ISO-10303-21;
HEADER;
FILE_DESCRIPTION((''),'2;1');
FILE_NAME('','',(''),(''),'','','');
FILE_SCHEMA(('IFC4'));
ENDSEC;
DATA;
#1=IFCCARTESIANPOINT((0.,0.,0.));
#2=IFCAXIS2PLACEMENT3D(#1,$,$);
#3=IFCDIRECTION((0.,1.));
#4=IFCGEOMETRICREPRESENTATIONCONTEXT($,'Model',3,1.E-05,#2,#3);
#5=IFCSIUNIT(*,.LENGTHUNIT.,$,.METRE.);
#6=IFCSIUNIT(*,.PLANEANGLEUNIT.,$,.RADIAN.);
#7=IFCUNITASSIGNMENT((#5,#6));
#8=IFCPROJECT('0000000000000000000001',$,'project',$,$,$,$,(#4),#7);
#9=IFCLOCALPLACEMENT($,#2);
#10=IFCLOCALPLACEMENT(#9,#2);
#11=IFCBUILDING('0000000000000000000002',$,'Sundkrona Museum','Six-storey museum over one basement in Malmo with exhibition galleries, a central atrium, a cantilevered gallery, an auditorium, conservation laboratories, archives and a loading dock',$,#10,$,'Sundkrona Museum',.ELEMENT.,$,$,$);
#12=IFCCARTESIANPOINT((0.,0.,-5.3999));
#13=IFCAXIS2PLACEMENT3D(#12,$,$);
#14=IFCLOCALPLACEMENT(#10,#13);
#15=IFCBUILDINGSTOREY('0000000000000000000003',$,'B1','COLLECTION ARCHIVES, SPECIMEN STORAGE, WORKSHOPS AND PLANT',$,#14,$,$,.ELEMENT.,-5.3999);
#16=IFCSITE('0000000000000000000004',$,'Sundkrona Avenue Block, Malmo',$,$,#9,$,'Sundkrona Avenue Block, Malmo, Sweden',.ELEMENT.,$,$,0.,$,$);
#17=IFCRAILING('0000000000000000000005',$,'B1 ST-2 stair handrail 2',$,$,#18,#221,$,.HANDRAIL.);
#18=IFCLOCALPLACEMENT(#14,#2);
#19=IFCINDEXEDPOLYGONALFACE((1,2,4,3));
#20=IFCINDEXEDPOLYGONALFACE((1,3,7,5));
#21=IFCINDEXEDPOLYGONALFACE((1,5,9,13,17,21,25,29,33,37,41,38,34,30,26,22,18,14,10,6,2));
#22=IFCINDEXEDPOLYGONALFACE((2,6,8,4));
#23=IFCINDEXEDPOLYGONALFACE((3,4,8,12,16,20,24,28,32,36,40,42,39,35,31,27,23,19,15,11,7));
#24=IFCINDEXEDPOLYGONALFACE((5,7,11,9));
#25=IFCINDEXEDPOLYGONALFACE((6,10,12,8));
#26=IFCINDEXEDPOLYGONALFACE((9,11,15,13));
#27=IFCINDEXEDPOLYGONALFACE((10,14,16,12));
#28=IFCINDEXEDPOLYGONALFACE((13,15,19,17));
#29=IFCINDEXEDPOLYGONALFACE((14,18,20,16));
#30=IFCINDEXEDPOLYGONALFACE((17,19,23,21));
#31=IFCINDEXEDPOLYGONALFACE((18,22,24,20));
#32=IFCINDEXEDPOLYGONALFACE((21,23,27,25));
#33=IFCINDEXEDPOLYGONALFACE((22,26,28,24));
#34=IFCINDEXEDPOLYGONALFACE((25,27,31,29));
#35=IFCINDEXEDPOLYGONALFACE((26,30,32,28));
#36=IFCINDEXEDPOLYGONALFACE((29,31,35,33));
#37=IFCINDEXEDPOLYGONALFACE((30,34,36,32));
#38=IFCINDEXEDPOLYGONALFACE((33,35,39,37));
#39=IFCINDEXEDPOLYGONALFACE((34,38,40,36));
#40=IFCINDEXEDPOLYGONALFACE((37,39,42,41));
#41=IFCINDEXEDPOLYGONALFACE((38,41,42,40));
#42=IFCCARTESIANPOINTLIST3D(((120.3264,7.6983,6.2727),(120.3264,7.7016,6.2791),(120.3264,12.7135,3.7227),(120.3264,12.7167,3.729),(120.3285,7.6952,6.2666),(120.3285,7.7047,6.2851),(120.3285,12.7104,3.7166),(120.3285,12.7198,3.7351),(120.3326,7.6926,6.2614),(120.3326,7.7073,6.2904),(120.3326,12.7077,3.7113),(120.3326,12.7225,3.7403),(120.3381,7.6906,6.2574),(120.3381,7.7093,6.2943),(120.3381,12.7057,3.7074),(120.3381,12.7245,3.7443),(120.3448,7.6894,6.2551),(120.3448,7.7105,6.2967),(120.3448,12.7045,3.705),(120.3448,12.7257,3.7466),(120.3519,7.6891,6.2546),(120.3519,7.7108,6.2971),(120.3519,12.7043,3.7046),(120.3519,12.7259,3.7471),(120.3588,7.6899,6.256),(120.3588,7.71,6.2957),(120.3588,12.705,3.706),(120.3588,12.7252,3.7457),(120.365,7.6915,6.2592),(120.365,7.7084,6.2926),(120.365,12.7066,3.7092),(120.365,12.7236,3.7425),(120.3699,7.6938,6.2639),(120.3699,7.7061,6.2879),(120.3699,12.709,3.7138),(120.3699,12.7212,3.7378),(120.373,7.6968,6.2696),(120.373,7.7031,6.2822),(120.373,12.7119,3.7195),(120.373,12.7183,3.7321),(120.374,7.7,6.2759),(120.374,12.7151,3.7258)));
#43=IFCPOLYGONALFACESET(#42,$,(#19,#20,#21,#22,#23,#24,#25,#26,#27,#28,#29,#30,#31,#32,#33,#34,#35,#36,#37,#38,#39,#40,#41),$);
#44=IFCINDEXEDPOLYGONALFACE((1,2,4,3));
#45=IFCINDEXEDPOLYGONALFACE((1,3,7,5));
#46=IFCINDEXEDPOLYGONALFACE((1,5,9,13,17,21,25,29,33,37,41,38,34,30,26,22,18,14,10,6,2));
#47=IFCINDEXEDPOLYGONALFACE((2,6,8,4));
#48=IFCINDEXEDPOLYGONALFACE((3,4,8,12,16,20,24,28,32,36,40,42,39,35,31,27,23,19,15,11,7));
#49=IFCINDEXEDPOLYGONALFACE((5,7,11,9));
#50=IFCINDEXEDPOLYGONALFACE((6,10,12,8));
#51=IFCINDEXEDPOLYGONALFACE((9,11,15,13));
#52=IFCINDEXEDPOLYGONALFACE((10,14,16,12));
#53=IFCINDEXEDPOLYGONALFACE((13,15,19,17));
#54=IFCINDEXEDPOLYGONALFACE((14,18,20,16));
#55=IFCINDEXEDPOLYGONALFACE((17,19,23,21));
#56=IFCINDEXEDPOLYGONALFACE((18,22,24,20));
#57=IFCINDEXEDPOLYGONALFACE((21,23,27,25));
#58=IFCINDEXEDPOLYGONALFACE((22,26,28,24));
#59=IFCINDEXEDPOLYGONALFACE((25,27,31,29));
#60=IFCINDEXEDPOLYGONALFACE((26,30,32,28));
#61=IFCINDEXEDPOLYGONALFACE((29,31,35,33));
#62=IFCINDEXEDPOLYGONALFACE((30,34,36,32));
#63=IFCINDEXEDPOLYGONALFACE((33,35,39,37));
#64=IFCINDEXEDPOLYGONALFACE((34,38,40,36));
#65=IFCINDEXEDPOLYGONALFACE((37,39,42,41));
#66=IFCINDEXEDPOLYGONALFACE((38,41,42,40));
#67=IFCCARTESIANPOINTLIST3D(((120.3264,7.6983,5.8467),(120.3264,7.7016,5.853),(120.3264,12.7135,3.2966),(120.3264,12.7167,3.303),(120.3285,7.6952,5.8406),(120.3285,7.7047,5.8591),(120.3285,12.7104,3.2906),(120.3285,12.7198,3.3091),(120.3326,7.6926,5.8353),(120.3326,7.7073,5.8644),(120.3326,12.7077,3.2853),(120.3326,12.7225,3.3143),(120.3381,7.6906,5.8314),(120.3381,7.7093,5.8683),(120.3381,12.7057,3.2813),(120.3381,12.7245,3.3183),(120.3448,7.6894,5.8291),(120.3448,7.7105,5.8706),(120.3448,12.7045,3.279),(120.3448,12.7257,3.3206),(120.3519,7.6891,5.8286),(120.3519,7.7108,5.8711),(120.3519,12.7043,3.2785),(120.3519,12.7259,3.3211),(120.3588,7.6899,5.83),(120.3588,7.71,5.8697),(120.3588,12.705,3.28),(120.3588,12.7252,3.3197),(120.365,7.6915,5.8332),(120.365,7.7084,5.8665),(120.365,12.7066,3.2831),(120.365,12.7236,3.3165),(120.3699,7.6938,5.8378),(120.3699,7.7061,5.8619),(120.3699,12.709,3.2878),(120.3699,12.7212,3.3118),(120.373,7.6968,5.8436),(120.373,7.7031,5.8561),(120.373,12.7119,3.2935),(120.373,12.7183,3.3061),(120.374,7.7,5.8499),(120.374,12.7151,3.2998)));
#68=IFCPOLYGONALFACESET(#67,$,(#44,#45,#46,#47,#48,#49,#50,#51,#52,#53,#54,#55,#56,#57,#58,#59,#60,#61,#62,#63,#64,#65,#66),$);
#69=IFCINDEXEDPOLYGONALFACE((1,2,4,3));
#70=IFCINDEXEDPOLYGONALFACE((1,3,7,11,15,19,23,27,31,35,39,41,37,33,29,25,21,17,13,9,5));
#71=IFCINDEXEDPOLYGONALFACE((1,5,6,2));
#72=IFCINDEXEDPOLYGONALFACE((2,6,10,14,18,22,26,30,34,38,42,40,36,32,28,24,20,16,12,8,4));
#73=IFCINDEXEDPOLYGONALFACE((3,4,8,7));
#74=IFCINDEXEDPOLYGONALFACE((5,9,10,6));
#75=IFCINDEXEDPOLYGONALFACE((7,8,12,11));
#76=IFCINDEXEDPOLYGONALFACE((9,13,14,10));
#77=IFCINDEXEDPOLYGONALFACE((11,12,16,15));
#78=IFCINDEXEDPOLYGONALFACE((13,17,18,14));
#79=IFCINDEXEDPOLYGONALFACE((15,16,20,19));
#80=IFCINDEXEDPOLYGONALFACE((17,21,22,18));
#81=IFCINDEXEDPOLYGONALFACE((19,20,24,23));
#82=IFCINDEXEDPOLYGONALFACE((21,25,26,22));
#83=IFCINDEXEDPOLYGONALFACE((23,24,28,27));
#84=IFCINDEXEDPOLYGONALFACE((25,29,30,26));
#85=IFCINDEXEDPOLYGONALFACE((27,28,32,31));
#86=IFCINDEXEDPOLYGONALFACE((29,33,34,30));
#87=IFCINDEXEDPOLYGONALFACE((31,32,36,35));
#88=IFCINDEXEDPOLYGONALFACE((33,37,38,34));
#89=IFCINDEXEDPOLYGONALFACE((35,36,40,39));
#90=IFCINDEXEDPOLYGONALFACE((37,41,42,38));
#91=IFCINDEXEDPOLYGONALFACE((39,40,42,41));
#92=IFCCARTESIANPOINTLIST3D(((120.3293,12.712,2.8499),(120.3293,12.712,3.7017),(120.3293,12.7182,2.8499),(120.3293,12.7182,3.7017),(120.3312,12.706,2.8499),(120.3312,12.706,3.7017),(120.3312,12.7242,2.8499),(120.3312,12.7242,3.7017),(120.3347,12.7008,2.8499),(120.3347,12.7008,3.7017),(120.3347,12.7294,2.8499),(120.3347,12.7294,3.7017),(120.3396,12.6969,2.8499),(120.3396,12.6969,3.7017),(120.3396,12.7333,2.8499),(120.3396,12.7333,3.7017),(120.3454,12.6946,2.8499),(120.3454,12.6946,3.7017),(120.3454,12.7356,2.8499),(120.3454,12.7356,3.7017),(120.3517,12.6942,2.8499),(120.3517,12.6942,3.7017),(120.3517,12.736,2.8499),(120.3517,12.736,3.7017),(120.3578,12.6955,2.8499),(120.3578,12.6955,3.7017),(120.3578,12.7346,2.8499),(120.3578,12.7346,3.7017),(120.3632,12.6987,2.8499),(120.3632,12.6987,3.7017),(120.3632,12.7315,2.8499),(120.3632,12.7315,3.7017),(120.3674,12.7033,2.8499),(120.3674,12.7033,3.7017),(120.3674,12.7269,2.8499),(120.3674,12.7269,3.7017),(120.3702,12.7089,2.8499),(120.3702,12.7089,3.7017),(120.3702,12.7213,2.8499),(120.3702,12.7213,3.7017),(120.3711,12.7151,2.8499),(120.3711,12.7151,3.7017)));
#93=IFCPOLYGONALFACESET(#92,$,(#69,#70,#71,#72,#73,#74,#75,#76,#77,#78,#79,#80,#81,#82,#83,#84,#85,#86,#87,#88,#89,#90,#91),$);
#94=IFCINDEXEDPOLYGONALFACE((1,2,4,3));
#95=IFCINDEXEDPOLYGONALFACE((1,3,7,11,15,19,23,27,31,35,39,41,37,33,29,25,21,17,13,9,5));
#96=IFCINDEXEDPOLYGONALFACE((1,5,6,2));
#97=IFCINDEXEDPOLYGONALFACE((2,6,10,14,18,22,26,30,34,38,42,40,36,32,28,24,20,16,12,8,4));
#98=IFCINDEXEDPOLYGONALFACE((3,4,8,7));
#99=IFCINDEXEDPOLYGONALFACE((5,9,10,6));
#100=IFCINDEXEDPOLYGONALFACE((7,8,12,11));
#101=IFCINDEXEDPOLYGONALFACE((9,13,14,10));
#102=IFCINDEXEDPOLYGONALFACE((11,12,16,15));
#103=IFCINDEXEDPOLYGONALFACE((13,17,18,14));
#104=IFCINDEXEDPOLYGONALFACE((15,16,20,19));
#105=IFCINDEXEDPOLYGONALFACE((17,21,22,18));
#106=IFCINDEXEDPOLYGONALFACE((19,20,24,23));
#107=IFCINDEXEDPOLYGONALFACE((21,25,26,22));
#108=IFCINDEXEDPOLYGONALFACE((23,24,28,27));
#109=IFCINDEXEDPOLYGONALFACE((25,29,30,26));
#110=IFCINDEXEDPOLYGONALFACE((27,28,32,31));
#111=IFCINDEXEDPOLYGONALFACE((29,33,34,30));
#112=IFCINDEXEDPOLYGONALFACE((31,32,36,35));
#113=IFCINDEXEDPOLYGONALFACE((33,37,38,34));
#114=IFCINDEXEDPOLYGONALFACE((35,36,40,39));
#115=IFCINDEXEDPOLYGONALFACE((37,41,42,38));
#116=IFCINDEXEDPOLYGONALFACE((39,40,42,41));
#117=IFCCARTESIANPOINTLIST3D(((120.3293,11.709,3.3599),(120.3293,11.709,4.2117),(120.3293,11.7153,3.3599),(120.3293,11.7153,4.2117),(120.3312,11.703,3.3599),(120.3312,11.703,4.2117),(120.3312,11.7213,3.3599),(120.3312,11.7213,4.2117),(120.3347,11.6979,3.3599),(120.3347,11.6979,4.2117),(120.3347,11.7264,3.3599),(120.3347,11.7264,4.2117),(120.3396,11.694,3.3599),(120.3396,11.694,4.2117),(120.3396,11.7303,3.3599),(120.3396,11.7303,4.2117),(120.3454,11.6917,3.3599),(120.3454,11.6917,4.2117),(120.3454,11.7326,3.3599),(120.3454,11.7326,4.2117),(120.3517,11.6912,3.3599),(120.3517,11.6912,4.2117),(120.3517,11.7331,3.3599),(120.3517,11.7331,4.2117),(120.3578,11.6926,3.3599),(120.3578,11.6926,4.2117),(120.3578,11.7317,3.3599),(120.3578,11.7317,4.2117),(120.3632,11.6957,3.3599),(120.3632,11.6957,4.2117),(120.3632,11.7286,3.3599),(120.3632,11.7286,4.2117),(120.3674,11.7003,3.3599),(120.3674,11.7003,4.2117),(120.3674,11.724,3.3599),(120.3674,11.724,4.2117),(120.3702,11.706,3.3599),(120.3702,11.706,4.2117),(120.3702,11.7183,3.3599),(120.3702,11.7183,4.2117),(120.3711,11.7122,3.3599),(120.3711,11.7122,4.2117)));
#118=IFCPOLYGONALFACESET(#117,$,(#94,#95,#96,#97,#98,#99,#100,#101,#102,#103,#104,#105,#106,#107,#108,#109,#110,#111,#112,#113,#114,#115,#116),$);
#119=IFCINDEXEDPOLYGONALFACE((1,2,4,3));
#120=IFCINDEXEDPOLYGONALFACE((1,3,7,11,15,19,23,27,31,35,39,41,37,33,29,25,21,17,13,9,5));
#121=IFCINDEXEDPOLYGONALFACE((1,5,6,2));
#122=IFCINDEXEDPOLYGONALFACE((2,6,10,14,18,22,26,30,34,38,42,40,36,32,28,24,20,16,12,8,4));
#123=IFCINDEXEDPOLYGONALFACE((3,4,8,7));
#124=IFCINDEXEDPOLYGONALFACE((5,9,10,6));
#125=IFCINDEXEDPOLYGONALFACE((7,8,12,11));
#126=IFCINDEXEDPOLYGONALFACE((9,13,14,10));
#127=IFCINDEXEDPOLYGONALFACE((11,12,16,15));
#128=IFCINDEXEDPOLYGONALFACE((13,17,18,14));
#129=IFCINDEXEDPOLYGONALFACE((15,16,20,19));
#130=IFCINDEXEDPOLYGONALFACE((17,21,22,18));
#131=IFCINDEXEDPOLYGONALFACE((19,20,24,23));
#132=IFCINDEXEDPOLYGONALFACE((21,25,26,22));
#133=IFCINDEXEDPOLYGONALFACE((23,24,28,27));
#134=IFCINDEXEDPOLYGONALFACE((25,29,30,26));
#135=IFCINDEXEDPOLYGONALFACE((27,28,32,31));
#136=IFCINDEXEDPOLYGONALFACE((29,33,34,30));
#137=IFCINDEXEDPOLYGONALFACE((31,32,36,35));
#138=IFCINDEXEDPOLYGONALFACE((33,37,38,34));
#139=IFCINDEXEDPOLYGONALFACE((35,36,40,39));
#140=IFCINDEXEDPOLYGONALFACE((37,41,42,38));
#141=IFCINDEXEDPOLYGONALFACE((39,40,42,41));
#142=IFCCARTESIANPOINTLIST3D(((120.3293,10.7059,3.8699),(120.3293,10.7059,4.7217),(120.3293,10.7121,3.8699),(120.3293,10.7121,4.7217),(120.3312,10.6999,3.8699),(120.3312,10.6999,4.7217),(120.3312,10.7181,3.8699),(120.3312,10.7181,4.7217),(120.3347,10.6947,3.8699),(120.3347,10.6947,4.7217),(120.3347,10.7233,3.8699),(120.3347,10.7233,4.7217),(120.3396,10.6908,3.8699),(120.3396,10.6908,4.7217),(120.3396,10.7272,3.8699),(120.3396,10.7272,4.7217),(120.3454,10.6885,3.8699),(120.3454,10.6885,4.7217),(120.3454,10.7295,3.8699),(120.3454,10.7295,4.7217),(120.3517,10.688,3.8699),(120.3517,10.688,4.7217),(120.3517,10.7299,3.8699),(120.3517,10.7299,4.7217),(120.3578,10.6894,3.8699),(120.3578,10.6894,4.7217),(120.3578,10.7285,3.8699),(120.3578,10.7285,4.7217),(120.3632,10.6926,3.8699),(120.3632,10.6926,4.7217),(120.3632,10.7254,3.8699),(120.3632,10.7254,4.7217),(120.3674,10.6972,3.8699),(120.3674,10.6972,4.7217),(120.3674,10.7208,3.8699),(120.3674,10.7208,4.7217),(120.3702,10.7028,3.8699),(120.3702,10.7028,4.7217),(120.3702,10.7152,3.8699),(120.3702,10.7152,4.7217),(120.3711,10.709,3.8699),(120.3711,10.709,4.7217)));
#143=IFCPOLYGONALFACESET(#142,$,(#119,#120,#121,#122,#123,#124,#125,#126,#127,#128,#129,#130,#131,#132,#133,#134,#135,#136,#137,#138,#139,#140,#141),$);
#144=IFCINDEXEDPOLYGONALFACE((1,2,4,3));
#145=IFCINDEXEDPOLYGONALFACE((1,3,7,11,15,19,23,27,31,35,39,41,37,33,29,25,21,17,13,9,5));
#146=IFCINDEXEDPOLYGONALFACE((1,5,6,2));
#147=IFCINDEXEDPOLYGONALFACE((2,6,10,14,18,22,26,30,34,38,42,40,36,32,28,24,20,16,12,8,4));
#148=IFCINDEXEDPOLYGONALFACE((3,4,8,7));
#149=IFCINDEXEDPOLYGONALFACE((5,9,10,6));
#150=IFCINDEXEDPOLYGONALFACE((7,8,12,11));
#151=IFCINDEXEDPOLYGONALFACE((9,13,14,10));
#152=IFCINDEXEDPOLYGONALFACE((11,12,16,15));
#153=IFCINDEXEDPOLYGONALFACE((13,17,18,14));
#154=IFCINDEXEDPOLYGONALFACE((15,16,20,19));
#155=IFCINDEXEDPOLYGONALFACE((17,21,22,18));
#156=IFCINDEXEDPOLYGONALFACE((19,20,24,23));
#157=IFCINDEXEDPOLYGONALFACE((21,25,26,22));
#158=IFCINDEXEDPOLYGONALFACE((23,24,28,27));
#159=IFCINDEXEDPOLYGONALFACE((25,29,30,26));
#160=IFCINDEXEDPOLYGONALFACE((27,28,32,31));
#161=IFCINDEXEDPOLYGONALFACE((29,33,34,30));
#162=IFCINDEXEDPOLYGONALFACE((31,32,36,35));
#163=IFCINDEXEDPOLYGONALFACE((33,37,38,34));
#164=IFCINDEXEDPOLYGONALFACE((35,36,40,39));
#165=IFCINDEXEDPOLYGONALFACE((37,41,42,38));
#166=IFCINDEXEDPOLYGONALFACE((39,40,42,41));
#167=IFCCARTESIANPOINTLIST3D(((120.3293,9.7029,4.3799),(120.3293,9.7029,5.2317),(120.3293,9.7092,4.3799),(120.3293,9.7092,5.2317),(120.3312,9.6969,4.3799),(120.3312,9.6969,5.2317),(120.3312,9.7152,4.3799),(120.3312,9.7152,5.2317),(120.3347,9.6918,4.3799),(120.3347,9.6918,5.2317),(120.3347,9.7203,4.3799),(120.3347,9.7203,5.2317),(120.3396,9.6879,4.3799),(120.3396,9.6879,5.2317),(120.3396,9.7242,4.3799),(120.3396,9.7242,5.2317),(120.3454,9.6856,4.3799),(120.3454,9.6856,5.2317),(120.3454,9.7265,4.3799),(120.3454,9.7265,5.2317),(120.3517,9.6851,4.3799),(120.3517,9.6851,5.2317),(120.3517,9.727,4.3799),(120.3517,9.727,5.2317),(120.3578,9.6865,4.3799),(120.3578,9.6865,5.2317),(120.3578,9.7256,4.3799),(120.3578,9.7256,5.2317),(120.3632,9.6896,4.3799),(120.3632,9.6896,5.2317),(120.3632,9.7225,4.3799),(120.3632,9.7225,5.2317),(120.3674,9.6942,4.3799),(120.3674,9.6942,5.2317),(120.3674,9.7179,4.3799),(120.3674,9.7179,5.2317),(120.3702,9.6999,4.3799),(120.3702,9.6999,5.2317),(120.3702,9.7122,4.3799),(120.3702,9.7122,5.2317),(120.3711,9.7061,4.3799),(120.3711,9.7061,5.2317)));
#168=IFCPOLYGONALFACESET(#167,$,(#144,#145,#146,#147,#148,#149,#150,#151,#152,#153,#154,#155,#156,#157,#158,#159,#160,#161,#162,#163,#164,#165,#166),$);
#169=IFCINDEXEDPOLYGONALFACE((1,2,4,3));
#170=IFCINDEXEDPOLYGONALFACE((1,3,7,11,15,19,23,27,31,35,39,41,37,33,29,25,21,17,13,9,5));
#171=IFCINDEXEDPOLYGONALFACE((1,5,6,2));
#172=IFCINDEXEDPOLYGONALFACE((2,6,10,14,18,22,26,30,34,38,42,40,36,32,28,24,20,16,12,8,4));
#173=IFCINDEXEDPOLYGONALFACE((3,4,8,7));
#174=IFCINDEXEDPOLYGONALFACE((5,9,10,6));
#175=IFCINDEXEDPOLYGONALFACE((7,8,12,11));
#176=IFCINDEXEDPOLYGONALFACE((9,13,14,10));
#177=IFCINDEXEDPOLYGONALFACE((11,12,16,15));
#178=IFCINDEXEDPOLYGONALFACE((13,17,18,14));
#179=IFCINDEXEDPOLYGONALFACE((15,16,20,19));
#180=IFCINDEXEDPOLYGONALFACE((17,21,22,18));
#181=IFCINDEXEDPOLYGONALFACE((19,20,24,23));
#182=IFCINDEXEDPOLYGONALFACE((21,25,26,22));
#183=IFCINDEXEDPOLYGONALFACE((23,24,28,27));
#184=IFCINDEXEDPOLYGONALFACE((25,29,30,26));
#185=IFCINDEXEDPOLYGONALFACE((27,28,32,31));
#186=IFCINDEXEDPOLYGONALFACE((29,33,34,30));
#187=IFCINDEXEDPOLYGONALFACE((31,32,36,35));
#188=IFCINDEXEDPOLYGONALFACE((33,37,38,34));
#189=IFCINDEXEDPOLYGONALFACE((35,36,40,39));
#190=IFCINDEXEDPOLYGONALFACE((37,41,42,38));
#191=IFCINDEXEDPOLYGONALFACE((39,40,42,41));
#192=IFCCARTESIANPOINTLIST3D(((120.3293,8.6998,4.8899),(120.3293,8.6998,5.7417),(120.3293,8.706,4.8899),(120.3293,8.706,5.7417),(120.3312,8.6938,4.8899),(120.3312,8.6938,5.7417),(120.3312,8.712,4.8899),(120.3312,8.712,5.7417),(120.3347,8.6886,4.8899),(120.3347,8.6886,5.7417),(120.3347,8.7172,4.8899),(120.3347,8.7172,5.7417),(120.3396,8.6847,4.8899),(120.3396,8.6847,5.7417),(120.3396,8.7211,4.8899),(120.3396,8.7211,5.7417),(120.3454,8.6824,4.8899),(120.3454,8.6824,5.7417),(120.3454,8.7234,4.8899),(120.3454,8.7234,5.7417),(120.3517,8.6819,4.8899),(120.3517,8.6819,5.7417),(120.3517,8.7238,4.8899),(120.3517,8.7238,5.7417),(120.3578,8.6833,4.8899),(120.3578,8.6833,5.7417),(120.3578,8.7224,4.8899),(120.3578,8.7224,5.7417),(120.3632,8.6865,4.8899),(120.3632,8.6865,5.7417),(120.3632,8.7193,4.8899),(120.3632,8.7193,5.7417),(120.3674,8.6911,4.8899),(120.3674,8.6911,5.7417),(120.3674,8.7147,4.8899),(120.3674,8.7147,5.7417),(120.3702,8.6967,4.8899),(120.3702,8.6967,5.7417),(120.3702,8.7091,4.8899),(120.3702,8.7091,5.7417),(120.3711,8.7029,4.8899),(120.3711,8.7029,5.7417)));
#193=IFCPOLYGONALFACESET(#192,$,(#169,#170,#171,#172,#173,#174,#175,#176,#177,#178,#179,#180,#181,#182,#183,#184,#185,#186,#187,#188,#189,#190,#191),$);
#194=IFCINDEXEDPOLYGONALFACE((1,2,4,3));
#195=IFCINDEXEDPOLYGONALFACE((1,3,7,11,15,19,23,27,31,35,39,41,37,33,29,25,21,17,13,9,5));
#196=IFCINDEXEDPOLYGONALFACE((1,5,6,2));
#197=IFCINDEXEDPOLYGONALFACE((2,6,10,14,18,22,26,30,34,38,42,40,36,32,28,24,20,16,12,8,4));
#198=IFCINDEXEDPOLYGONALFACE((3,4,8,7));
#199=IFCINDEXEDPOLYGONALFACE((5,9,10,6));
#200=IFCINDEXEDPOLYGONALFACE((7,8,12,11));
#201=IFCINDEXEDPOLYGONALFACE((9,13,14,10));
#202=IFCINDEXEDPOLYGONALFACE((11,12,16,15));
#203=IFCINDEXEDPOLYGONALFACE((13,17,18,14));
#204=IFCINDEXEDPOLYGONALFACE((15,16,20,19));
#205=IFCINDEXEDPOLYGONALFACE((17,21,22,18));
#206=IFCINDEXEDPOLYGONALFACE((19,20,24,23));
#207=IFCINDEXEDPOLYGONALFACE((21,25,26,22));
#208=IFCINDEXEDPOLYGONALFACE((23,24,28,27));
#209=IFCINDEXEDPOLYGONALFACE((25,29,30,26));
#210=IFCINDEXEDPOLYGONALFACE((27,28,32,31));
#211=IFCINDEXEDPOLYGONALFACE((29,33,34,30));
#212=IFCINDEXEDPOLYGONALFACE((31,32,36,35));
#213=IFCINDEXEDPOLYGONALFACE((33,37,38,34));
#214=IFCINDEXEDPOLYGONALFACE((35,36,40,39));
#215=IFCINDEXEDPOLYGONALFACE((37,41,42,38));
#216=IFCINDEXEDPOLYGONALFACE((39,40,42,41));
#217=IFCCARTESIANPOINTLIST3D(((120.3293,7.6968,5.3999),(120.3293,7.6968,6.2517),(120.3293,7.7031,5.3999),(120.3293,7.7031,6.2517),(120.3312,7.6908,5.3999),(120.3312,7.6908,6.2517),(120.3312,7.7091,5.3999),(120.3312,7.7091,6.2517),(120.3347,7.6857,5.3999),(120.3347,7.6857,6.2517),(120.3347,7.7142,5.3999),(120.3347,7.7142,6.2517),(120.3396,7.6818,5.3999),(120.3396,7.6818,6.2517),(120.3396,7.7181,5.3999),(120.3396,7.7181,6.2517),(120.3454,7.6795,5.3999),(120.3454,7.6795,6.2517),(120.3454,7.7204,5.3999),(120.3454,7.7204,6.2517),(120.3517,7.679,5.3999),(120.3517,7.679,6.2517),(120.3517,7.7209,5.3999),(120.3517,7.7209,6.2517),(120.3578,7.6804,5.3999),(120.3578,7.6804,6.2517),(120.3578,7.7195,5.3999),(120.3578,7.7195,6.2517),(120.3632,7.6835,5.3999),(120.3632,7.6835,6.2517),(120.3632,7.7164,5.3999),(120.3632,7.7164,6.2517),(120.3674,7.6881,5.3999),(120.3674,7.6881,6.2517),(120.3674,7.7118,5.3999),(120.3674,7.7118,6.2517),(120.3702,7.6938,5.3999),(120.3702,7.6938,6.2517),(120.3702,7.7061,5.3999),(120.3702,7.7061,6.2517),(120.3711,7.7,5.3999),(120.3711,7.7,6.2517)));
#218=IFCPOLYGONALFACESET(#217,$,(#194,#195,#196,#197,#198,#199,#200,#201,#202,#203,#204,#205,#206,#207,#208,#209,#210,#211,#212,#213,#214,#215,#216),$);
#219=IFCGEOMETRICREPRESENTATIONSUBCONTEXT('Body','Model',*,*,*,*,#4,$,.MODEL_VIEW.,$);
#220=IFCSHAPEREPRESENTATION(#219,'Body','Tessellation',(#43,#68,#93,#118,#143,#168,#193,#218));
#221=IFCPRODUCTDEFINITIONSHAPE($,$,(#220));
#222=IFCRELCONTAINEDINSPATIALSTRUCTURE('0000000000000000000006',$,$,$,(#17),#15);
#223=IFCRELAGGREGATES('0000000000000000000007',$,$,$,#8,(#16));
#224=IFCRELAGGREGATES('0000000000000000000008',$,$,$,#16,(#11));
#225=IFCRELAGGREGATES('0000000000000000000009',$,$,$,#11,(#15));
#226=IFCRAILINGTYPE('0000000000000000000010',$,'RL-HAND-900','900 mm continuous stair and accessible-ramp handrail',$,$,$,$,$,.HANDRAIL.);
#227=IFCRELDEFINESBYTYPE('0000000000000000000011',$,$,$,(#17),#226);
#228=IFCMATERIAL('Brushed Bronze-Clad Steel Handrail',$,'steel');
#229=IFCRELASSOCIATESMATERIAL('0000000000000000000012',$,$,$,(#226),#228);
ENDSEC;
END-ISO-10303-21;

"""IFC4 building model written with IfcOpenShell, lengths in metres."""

from ifc_helpers import new_model, si_unit, direction, frame, origin, origin_2d, place, context, subcontext, project, spatial, circle, extrude, material, type_object, element, save


model = new_model("IFC4")

# Units and contexts
model_context = context("Model", 3, precision=1e-05, world=origin(), true_north=direction((0.0, 1.0)))
body_context = subcontext(model_context, "Body", "Model", "MODEL_VIEW")
ifc_project = project(units=[si_unit("LENGTHUNIT", "METRE"), si_unit("PLANEANGLEUNIT", "RADIAN")], contexts=[model_context])

# Site, building, storey
site_placement = place(None, origin())
site = spatial("IfcSite", under=ifc_project, at=site_placement, Name="Sundkrona Avenue Block, Malmo", LongName="Sundkrona Avenue Block, Malmo, Sweden", CompositionType="ELEMENT", RefElevation=0.0)
building_placement = place(site_placement, origin())
building = spatial("IfcBuilding", under=site, at=building_placement, Name="Sundkrona Museum", Description="Six-storey museum over one basement in Malmo with exhibition galleries, a central atrium, a cantilevered gallery, an auditorium, conservation laboratories, archives and a loading dock", LongName="Sundkrona Museum", CompositionType="ELEMENT")
storey_placement = place(building_placement, frame((0.0, 0.0, -5.3999)))
storey = spatial("IfcBuildingStorey", under=building, at=storey_placement, Name="B1", Description="COLLECTION ARCHIVES, SPECIMEN STORAGE, WORKSHOPS AND PLANT", CompositionType="ELEMENT", Elevation=-5.3999)

# Railing
ifc_material_1 = material(Name="Brushed Bronze-Clad Steel Handrail", Category="steel")
railing_type_1 = type_object("IfcRailingType", Name="RL-HAND-900", Description="900 mm continuous stair and accessible-ramp handrail", PredefinedType="HANDRAIL", material=ifc_material_1)
railing_1_placement = place(storey_placement, frame((120.3501, 12.7151, 2.8499)))
element("IfcRailing", 1, at=railing_1_placement, inside=storey, type_object=railing_type_1, Name="B1 ST-2 stair handrail 2", PredefinedType="HANDRAIL", context=body_context, shape_type="SweptSolid", body=[
    extrude(circle(Radius=0.0239, at=origin_2d()), frame((0.0, 0.0, 0.876), z_axis=(0.0, -0.891387, 0.453244), x_axis=(1.0, 0.0, 0.0)), (0.0, 0.0, 1.0), 5.6262),
    extrude(circle(Radius=0.0239, at=origin_2d()), frame((0.0, 0.0, 0.45), z_axis=(0.0, -0.891387, 0.453244), x_axis=(1.0, 0.0, 0.0)), (0.0, 0.0, 1.0), 5.6262),
    extrude(circle(Radius=0.021, at=origin_2d()), origin(), (0.0, 0.0, 1.0), 0.8518),
    extrude(circle(Radius=0.021, at=origin_2d()), frame((0.0, -1.0029, 0.51)), (0.0, 0.0, 1.0), 0.8518),
    extrude(circle(Radius=0.021, at=origin_2d()), frame((0.0, -2.0061, 1.02)), (0.0, 0.0, 1.0), 0.8518),
    extrude(circle(Radius=0.021, at=origin_2d()), frame((0.0, -3.009, 1.53)), (0.0, 0.0, 1.0), 0.8518),
    extrude(circle(Radius=0.021, at=origin_2d()), frame((0.0, -4.0122, 2.04)), (0.0, 0.0, 1.0), 0.8518),
    extrude(circle(Radius=0.021, at=origin_2d()), frame((0.0, -5.0151, 2.55)), (0.0, 0.0, 1.0), 0.8518),
])

save(model, "model.ifc")
